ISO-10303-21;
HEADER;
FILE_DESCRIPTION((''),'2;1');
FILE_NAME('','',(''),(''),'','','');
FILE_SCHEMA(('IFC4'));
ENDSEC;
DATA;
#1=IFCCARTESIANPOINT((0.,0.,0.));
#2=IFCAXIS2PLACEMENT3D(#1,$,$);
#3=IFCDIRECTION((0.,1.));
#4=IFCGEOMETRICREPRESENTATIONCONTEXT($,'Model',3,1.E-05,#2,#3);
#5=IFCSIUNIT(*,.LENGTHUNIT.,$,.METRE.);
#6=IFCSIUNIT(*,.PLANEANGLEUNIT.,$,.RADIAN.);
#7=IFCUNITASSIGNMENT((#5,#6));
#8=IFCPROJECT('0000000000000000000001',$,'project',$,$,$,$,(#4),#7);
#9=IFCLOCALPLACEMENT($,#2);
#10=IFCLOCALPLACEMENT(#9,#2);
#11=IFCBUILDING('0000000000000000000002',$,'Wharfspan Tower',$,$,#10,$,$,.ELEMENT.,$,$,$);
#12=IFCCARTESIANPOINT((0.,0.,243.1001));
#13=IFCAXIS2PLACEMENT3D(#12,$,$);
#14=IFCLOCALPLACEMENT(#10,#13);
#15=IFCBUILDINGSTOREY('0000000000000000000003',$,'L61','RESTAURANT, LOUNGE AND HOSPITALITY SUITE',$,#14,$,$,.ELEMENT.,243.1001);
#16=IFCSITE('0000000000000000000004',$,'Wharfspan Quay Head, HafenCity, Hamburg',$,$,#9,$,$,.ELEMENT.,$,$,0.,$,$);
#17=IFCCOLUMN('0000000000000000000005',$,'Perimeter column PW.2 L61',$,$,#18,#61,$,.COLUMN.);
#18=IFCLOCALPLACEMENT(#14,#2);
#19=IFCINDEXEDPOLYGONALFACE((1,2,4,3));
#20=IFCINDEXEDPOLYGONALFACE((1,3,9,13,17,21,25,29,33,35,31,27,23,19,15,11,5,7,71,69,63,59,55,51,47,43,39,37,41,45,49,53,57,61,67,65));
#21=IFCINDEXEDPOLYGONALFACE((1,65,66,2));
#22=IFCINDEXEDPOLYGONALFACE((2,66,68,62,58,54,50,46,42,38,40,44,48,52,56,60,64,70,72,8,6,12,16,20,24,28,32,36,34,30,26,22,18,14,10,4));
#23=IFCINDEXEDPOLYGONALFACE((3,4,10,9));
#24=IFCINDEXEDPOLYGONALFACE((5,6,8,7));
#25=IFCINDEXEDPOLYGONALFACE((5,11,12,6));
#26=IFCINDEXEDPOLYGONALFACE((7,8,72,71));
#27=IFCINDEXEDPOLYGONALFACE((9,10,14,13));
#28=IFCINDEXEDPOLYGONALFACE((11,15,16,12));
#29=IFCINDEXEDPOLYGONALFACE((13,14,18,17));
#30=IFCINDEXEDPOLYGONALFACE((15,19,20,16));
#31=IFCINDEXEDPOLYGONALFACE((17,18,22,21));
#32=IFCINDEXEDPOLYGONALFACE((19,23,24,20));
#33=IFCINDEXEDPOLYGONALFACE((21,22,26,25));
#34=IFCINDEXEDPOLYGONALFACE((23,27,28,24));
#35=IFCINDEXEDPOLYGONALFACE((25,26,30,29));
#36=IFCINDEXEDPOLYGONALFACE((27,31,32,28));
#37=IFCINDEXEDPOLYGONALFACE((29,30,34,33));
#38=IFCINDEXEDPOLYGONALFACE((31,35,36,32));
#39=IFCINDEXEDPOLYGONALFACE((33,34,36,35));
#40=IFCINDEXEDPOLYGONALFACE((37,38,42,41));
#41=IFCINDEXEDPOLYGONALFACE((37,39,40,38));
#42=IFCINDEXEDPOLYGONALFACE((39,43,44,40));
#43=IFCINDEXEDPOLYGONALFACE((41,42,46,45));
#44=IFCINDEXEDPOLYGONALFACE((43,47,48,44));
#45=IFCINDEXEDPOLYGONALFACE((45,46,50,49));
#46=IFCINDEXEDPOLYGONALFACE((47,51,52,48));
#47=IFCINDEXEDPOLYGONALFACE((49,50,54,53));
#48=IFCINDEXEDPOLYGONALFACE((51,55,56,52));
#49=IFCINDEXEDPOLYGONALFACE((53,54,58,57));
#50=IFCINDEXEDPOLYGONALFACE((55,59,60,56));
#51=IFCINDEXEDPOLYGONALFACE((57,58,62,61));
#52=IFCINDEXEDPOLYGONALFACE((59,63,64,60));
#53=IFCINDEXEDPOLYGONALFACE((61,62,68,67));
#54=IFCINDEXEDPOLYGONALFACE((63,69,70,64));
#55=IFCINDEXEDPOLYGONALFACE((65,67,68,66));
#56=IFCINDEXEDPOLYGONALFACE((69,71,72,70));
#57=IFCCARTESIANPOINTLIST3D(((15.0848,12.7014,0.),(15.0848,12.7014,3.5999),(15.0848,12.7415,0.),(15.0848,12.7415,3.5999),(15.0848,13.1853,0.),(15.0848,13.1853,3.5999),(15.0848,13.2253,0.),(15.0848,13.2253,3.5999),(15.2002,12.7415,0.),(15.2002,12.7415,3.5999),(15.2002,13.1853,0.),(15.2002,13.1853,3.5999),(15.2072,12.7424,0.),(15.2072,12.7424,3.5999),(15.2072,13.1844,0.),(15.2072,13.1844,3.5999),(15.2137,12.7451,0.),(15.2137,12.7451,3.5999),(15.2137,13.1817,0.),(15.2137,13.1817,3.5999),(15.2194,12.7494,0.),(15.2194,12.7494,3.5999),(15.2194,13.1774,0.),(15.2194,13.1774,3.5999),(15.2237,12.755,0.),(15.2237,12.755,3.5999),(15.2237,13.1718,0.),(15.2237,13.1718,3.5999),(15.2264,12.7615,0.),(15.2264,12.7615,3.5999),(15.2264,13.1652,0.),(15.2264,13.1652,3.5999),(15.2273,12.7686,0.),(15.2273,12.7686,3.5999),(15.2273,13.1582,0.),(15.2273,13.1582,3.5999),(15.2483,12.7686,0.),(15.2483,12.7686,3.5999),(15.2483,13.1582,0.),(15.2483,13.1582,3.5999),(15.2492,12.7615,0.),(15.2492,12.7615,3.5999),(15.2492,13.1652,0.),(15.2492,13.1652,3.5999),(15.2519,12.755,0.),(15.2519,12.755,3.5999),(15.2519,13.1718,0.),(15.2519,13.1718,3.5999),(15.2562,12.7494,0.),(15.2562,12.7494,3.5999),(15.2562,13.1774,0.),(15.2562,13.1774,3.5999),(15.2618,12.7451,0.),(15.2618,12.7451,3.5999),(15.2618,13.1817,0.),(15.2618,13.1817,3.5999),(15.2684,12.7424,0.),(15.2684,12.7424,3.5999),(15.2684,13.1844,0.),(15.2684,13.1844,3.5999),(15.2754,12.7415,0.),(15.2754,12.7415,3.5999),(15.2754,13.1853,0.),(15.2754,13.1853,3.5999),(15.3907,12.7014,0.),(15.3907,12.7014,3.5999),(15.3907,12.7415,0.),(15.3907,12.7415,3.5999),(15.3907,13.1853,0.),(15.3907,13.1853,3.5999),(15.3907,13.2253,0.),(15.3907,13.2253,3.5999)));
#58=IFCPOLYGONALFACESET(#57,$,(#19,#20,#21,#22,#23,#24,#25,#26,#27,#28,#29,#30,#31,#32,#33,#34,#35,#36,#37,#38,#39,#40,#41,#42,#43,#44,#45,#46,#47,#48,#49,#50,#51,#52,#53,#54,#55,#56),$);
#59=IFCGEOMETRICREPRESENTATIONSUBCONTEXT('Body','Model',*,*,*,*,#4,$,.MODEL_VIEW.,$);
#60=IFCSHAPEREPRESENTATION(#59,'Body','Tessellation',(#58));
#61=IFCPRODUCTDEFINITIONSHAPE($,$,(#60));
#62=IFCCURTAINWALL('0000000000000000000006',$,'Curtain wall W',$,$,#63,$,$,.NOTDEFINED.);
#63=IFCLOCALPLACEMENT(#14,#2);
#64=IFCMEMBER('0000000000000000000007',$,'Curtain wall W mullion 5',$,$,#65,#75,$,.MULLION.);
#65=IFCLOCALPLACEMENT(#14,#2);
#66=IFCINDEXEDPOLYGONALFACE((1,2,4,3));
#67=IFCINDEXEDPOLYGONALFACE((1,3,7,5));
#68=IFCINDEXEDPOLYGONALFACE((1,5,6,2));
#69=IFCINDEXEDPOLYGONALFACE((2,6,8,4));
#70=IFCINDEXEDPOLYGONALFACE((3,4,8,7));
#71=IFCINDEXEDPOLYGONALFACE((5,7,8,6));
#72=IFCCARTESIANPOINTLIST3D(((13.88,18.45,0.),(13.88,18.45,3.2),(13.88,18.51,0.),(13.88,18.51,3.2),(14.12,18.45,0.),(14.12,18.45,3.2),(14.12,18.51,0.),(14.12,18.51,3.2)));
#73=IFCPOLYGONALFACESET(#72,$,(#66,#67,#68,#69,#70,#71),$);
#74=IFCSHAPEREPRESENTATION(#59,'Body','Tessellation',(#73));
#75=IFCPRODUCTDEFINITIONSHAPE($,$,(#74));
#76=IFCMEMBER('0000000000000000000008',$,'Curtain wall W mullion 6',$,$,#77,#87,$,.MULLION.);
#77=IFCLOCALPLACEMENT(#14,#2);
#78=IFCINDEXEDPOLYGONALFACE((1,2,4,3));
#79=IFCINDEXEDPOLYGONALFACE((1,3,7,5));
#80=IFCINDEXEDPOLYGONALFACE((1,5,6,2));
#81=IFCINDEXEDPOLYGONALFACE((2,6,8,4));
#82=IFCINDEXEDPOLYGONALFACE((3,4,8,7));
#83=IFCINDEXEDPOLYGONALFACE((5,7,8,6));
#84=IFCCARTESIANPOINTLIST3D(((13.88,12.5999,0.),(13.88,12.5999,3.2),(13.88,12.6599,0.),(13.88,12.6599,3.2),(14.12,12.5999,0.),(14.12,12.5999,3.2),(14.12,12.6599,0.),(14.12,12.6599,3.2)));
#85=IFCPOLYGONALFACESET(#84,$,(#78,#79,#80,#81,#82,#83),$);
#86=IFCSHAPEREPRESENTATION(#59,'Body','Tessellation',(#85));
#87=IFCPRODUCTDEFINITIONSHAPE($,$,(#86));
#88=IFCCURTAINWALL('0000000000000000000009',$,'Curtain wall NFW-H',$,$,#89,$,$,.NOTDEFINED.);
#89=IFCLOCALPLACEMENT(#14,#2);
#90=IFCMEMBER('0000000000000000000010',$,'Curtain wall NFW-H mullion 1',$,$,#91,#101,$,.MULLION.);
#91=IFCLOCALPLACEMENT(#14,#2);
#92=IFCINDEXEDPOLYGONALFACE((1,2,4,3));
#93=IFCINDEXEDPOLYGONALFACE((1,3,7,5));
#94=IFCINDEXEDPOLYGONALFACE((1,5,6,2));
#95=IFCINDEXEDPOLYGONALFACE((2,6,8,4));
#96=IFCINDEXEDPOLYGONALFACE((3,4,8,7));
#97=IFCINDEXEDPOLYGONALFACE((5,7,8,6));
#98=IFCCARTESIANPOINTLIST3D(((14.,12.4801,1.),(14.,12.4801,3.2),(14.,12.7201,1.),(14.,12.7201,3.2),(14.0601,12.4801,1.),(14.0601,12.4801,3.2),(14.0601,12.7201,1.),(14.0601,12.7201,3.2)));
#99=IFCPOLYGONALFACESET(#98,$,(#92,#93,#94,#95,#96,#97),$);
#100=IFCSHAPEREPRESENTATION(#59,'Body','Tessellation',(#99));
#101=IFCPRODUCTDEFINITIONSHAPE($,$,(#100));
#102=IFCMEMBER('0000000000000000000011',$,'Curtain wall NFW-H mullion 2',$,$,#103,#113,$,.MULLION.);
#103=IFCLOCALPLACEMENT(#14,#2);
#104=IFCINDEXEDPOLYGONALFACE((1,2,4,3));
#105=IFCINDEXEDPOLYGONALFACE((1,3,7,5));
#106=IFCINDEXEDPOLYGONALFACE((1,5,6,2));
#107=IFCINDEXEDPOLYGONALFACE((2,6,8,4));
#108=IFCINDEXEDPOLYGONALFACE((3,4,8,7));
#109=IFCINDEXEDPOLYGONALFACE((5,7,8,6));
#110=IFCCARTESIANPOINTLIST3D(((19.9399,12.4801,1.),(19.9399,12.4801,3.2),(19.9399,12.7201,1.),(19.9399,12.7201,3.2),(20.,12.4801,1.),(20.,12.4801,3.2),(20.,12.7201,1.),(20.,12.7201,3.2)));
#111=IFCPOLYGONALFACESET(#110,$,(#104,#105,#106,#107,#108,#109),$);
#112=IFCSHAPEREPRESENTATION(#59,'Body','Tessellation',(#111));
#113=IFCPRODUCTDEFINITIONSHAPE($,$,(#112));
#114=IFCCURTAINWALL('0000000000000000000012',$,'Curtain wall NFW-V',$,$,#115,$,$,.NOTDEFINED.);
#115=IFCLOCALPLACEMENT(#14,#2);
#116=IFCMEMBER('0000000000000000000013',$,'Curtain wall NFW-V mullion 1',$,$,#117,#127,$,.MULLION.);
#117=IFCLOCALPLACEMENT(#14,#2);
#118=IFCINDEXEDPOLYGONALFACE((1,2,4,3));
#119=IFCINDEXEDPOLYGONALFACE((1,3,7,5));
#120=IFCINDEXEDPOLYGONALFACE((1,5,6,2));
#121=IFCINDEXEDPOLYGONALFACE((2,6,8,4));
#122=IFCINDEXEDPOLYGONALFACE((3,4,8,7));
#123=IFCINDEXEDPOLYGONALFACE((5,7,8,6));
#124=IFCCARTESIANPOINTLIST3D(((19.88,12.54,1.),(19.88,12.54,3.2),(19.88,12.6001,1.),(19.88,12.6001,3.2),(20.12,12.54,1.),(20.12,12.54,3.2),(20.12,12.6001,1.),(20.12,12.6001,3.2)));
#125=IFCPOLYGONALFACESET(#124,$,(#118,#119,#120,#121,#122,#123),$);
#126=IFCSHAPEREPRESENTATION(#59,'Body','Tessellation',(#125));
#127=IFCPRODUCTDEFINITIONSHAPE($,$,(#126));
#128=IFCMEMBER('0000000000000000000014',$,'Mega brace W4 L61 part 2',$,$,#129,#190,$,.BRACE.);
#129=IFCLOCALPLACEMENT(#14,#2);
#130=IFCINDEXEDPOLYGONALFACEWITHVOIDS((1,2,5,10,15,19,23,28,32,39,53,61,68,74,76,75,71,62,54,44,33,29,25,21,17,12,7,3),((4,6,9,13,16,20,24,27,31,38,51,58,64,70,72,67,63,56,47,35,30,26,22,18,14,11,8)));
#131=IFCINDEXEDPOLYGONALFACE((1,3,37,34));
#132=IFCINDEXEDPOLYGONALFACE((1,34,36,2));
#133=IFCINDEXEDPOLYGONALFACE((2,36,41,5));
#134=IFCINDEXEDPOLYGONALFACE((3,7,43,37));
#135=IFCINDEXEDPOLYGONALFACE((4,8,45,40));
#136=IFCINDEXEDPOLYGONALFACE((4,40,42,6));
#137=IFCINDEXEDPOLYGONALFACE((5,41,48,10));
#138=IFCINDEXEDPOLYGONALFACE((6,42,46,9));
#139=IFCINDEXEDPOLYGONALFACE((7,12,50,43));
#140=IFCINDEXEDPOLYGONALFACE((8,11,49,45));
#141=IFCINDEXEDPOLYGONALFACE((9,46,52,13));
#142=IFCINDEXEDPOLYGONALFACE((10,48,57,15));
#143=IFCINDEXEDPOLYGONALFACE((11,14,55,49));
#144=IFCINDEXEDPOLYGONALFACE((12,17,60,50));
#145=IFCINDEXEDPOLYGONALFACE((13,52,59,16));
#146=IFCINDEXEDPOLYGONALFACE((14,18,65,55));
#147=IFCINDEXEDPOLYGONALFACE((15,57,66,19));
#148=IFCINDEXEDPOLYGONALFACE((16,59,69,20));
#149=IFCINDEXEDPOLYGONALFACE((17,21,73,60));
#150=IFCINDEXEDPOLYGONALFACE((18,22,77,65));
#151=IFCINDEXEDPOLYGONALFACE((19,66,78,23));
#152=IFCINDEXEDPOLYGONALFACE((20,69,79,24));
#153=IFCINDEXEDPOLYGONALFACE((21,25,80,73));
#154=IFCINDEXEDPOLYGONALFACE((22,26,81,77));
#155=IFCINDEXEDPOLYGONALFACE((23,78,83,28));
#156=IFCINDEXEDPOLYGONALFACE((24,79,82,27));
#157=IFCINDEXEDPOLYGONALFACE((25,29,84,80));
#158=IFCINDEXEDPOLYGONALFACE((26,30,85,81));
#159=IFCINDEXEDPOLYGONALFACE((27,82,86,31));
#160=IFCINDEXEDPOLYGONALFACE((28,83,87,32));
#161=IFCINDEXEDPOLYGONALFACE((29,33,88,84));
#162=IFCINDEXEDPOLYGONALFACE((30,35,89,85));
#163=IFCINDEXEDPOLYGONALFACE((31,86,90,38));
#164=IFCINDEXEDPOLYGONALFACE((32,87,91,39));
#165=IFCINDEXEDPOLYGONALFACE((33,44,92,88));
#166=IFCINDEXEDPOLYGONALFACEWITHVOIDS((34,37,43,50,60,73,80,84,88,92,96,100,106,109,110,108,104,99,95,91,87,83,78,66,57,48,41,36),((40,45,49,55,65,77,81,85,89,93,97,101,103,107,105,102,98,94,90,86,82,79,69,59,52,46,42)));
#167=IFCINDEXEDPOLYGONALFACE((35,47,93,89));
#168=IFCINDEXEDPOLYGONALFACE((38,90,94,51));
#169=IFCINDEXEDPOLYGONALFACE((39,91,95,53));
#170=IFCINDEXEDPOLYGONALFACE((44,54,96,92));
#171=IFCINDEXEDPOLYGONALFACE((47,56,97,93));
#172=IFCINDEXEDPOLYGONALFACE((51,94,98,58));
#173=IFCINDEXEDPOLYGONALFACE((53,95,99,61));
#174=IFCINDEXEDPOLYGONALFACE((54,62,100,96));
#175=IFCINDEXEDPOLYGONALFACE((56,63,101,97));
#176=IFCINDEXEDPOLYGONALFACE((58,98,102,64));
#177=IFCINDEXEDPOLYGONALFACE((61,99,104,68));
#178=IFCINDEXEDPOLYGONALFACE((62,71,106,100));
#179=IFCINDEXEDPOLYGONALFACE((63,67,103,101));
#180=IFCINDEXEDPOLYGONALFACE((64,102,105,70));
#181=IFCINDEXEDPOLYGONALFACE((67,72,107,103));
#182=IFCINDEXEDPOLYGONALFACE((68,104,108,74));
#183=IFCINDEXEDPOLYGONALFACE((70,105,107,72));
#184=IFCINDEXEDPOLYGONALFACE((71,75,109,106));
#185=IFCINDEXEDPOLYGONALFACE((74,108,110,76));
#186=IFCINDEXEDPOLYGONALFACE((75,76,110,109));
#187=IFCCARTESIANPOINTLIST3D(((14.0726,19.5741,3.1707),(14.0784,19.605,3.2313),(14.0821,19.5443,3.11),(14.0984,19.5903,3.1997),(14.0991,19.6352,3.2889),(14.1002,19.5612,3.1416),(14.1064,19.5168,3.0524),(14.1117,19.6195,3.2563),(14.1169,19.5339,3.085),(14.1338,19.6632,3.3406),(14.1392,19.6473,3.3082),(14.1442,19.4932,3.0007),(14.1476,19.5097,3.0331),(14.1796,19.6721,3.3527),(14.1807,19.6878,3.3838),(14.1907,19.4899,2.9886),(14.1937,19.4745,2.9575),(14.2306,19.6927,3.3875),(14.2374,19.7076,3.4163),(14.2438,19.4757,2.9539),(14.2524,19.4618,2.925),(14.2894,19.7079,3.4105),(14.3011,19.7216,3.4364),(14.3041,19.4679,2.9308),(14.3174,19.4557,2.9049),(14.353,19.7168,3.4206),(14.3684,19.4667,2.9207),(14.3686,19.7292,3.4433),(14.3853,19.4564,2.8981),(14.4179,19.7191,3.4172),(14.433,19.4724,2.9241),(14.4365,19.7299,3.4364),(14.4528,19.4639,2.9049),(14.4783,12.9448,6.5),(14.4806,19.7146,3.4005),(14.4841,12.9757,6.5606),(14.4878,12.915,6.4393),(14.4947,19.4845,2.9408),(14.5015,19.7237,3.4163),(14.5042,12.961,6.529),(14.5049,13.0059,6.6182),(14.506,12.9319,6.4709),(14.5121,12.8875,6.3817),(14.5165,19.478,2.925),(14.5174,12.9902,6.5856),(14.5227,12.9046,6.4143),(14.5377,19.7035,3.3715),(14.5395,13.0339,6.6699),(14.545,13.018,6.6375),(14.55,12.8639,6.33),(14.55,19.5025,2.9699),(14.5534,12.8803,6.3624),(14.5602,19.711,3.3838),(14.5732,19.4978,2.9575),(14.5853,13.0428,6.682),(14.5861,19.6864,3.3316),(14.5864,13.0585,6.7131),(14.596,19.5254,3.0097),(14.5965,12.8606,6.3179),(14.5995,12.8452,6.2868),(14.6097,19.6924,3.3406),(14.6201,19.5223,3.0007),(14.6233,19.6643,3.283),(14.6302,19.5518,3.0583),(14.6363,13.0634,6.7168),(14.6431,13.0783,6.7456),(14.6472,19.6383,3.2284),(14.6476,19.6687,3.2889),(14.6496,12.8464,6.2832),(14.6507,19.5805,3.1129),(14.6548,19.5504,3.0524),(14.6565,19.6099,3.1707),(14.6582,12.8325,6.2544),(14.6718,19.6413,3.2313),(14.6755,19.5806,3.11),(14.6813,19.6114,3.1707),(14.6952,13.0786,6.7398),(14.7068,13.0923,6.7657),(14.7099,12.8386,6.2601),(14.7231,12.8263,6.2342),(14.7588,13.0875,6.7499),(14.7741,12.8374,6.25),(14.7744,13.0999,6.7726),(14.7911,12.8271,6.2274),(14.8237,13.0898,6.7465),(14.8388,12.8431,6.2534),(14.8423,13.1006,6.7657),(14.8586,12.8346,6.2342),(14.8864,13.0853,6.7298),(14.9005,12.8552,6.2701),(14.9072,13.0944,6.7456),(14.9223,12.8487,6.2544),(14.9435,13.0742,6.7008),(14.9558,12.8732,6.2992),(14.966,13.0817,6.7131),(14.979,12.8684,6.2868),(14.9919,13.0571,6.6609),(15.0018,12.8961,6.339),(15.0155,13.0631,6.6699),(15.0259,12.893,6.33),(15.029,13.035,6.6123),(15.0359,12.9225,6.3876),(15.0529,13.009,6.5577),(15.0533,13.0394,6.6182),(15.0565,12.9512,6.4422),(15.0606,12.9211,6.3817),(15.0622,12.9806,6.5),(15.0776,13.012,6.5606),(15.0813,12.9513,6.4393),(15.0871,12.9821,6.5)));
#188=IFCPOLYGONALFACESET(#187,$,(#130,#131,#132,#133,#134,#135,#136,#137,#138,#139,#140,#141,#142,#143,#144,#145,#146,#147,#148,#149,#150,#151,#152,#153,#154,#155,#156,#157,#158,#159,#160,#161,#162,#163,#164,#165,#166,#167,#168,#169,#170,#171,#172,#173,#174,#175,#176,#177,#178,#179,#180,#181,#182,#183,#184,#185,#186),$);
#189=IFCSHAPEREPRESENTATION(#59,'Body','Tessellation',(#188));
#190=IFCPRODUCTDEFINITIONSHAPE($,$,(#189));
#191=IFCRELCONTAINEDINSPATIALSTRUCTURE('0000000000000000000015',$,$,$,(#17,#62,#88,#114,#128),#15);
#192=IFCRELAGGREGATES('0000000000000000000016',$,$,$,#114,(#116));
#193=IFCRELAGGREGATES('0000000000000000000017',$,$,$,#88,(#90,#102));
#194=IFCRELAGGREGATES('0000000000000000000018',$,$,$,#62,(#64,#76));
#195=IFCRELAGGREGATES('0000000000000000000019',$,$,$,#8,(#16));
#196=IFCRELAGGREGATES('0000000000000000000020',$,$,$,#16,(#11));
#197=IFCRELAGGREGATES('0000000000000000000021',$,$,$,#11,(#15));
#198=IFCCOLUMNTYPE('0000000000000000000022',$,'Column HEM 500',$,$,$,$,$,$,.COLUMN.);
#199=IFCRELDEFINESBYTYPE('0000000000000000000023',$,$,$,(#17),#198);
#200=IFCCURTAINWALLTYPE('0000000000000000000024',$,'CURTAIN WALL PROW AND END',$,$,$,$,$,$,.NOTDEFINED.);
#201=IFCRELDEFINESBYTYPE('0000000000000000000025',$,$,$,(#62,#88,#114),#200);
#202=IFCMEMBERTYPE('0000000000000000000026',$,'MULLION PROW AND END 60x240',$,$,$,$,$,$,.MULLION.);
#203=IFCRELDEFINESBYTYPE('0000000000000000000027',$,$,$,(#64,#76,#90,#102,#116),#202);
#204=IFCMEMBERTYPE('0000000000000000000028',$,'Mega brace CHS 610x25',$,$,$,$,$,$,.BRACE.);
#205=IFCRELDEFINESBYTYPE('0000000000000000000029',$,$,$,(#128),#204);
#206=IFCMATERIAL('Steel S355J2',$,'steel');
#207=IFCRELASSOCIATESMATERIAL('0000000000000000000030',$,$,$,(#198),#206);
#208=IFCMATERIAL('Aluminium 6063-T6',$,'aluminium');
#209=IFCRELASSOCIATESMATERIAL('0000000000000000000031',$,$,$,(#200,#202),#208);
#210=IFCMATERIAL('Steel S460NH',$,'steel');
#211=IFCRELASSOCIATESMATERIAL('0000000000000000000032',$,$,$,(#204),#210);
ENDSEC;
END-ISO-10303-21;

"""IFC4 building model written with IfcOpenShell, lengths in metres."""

from ifc_helpers import new_model, si_unit, direction, frame, origin, origin_2d, place, context, subcontext, project, spatial, rectangle, hollow_circle, i_section, extrude, material, material_profile, profile_set, type_object, element, aggregate, save


model = new_model("IFC4")

# Units and contexts
model_context = context("Model", 3, precision=1e-05, world=origin(), true_north=direction((0.0, 1.0)))
body_context = subcontext(model_context, "Body", "Model", "MODEL_VIEW")
ifc_project = project(units=[si_unit("LENGTHUNIT", "METRE"), si_unit("PLANEANGLEUNIT", "RADIAN")], contexts=[model_context])

# Site, building, storey
site_placement = place(None, origin())
site = spatial("IfcSite", under=ifc_project, at=site_placement, Name="Wharfspan Quay Head, HafenCity, Hamburg", CompositionType="ELEMENT", RefElevation=0.0)
building_placement = place(site_placement, origin())
building = spatial("IfcBuilding", under=site, at=building_placement, Name="Wharfspan Tower", CompositionType="ELEMENT")
storey_placement = place(building_placement, frame((0.0, 0.0, 243.1001)))
storey = spatial("IfcBuildingStorey", under=building, at=storey_placement, Name="L61", Description="RESTAURANT, LOUNGE AND HOSPITALITY SUITE", CompositionType="ELEMENT", Elevation=243.1001)

# Column
ifc_material_1 = material(Name="Steel S355J2", Category="steel")
ifc_material_profile_1 = material_profile(ifc_material_1, i_section(OverallWidth=0.3059, OverallDepth=0.5239, WebThickness=0.021, FlangeThickness=0.04, FilletRadius=0.0271, at=origin_2d()))
ifc_profile_set_1 = profile_set([ifc_material_profile_1], Name="Steel S355J2")
column_type = type_object("IfcColumnType", Name="Column HEM 500", PredefinedType="COLUMN", material=ifc_profile_set_1)
column_placement = place(storey_placement, frame((15.2378, 12.9634, 0.0), z_axis=(0.0, 0.0, 1.0), x_axis=(-1.0, 0.0, 0.0)))
element("IfcColumn", 1, at=column_placement, inside=storey, type_object=column_type, Name="Perimeter column PW.2 L61", PredefinedType="COLUMN", context=body_context, shape_type="SweptSolid", body=[
    extrude(i_section(OverallWidth=0.3059, OverallDepth=0.5239, WebThickness=0.021, FlangeThickness=0.04, FilletRadius=0.0271, at=origin_2d()), origin(), (0.0, 0.0, 1.0), 3.5999),
])

# Curtain walls, members
ifc_material_2 = material(Name="Aluminium 6063-T6", Category="aluminium")
curtain_wall_type = type_object("IfcCurtainWallType", Name="CURTAIN WALL PROW AND END", PredefinedType="NOTDEFINED", material=ifc_material_2)
curtain_wall_1_placement = place(storey_placement, origin())
curtain_wall_1 = element("IfcCurtainWall", 2, at=curtain_wall_1_placement, inside=storey, type_object=curtain_wall_type, Name="Curtain wall W", PredefinedType="NOTDEFINED")
ifc_material_profile_2 = material_profile(ifc_material_2, rectangle(XDim=0.24, YDim=0.0601, at=origin_2d()))
ifc_profile_set_2 = profile_set([ifc_material_profile_2], Name="Aluminium 6063-T6")
member_type_1 = type_object("IfcMemberType", Name="MULLION PROW AND END 60x240", PredefinedType="MULLION", material=ifc_profile_set_2)
member_1_placement = place(storey_placement, frame((14.0, 18.48, 0.0), z_axis=(0.0, 0.0, 1.0), x_axis=(1.0, 0.0, 0.0)))
member_1 = element("IfcMember", 3, at=member_1_placement, type_object=member_type_1, Name="Curtain wall W mullion 5", PredefinedType="MULLION", context=body_context, shape_type="SweptSolid", body=[
    extrude(rectangle(XDim=0.24, YDim=0.0601, at=origin_2d()), origin(), (0.0, 0.0, 1.0), 3.2),
])
member_2_placement = place(storey_placement, frame((14.0, 12.6299, 0.0), z_axis=(0.0, 0.0, 1.0), x_axis=(1.0, 0.0, 0.0)))
member_2 = element("IfcMember", 4, at=member_2_placement, type_object=member_type_1, Name="Curtain wall W mullion 6", PredefinedType="MULLION", context=body_context, shape_type="SweptSolid", body=[
    extrude(rectangle(XDim=0.24, YDim=0.0601, at=origin_2d()), origin(), (0.0, 0.0, 1.0), 3.2),
])
curtain_wall_2_placement = place(storey_placement, origin())
curtain_wall_2 = element("IfcCurtainWall", 5, at=curtain_wall_2_placement, inside=storey, type_object=curtain_wall_type, Name="Curtain wall NFW-H", PredefinedType="NOTDEFINED")
member_3_placement = place(storey_placement, frame((14.03, 12.6001, 1.0), z_axis=(0.0, 0.0, 1.0), x_axis=(0.0, 1.0, 0.0)))
member_3 = element("IfcMember", 6, at=member_3_placement, type_object=member_type_1, Name="Curtain wall NFW-H mullion 1", PredefinedType="MULLION", context=body_context, shape_type="SweptSolid", body=[
    extrude(rectangle(XDim=0.24, YDim=0.0601, at=origin_2d()), origin(), (0.0, 0.0, 1.0), 2.2),
])
member_4_placement = place(storey_placement, frame((19.97, 12.6001, 1.0), z_axis=(0.0, 0.0, 1.0), x_axis=(0.0, 1.0, 0.0)))
member_4 = element("IfcMember", 7, at=member_4_placement, type_object=member_type_1, Name="Curtain wall NFW-H mullion 2", PredefinedType="MULLION", context=body_context, shape_type="SweptSolid", body=[
    extrude(rectangle(XDim=0.24, YDim=0.0601, at=origin_2d()), origin(), (0.0, 0.0, 1.0), 2.2),
])

# Curtain wall, member
curtain_wall_3_placement = place(storey_placement, origin())
curtain_wall_3 = element("IfcCurtainWall", 8, at=curtain_wall_3_placement, inside=storey, type_object=curtain_wall_type, Name="Curtain wall NFW-V", PredefinedType="NOTDEFINED")
member_5_placement = place(storey_placement, frame((20.0, 12.5701, 1.0), z_axis=(0.0, 0.0, 1.0), x_axis=(1.0, 0.0, 0.0)))
member_5 = element("IfcMember", 9, at=member_5_placement, type_object=member_type_1, Name="Curtain wall NFW-V mullion 1", PredefinedType="MULLION", context=body_context, shape_type="SweptSolid", body=[
    extrude(rectangle(XDim=0.24, YDim=0.0601, at=origin_2d()), origin(), (0.0, 0.0, 1.0), 2.2),
])

# Member
ifc_material_3 = material(Name="Steel S460NH", Category="steel")
ifc_material_profile_3 = material_profile(ifc_material_3, hollow_circle(Radius=0.3049, WallThickness=0.0249, at=origin_2d()))
ifc_profile_set_3 = profile_set([ifc_material_profile_3], Name="Steel S460NH")
member_type_2 = type_object("IfcMemberType", Name="Mega brace CHS 610x25", PredefinedType="BRACE", material=ifc_profile_set_3)
member_6_placement = place(storey_placement, frame((14.377, 19.5928, 3.1707), z_axis=(0.054615, -0.892302, 0.448123), x_axis=(0.998132, 0.061091, -0.000003)))
element("IfcMember", 10, at=member_6_placement, inside=storey, type_object=member_type_2, Name="Mega brace W4 L61 part 2", PredefinedType="BRACE", context=body_context, shape_type="SweptSolid", body=[
    extrude(hollow_circle(Radius=0.3049, WallThickness=0.0249, at=origin_2d()), origin(), (0.0, 0.0, 1.0), 7.4294),
])
aggregate(curtain_wall_3, [member_5])

aggregate(curtain_wall_2, [member_3, member_4])
aggregate(curtain_wall_1, [member_1, member_2])

save(model, "model.ifc")
